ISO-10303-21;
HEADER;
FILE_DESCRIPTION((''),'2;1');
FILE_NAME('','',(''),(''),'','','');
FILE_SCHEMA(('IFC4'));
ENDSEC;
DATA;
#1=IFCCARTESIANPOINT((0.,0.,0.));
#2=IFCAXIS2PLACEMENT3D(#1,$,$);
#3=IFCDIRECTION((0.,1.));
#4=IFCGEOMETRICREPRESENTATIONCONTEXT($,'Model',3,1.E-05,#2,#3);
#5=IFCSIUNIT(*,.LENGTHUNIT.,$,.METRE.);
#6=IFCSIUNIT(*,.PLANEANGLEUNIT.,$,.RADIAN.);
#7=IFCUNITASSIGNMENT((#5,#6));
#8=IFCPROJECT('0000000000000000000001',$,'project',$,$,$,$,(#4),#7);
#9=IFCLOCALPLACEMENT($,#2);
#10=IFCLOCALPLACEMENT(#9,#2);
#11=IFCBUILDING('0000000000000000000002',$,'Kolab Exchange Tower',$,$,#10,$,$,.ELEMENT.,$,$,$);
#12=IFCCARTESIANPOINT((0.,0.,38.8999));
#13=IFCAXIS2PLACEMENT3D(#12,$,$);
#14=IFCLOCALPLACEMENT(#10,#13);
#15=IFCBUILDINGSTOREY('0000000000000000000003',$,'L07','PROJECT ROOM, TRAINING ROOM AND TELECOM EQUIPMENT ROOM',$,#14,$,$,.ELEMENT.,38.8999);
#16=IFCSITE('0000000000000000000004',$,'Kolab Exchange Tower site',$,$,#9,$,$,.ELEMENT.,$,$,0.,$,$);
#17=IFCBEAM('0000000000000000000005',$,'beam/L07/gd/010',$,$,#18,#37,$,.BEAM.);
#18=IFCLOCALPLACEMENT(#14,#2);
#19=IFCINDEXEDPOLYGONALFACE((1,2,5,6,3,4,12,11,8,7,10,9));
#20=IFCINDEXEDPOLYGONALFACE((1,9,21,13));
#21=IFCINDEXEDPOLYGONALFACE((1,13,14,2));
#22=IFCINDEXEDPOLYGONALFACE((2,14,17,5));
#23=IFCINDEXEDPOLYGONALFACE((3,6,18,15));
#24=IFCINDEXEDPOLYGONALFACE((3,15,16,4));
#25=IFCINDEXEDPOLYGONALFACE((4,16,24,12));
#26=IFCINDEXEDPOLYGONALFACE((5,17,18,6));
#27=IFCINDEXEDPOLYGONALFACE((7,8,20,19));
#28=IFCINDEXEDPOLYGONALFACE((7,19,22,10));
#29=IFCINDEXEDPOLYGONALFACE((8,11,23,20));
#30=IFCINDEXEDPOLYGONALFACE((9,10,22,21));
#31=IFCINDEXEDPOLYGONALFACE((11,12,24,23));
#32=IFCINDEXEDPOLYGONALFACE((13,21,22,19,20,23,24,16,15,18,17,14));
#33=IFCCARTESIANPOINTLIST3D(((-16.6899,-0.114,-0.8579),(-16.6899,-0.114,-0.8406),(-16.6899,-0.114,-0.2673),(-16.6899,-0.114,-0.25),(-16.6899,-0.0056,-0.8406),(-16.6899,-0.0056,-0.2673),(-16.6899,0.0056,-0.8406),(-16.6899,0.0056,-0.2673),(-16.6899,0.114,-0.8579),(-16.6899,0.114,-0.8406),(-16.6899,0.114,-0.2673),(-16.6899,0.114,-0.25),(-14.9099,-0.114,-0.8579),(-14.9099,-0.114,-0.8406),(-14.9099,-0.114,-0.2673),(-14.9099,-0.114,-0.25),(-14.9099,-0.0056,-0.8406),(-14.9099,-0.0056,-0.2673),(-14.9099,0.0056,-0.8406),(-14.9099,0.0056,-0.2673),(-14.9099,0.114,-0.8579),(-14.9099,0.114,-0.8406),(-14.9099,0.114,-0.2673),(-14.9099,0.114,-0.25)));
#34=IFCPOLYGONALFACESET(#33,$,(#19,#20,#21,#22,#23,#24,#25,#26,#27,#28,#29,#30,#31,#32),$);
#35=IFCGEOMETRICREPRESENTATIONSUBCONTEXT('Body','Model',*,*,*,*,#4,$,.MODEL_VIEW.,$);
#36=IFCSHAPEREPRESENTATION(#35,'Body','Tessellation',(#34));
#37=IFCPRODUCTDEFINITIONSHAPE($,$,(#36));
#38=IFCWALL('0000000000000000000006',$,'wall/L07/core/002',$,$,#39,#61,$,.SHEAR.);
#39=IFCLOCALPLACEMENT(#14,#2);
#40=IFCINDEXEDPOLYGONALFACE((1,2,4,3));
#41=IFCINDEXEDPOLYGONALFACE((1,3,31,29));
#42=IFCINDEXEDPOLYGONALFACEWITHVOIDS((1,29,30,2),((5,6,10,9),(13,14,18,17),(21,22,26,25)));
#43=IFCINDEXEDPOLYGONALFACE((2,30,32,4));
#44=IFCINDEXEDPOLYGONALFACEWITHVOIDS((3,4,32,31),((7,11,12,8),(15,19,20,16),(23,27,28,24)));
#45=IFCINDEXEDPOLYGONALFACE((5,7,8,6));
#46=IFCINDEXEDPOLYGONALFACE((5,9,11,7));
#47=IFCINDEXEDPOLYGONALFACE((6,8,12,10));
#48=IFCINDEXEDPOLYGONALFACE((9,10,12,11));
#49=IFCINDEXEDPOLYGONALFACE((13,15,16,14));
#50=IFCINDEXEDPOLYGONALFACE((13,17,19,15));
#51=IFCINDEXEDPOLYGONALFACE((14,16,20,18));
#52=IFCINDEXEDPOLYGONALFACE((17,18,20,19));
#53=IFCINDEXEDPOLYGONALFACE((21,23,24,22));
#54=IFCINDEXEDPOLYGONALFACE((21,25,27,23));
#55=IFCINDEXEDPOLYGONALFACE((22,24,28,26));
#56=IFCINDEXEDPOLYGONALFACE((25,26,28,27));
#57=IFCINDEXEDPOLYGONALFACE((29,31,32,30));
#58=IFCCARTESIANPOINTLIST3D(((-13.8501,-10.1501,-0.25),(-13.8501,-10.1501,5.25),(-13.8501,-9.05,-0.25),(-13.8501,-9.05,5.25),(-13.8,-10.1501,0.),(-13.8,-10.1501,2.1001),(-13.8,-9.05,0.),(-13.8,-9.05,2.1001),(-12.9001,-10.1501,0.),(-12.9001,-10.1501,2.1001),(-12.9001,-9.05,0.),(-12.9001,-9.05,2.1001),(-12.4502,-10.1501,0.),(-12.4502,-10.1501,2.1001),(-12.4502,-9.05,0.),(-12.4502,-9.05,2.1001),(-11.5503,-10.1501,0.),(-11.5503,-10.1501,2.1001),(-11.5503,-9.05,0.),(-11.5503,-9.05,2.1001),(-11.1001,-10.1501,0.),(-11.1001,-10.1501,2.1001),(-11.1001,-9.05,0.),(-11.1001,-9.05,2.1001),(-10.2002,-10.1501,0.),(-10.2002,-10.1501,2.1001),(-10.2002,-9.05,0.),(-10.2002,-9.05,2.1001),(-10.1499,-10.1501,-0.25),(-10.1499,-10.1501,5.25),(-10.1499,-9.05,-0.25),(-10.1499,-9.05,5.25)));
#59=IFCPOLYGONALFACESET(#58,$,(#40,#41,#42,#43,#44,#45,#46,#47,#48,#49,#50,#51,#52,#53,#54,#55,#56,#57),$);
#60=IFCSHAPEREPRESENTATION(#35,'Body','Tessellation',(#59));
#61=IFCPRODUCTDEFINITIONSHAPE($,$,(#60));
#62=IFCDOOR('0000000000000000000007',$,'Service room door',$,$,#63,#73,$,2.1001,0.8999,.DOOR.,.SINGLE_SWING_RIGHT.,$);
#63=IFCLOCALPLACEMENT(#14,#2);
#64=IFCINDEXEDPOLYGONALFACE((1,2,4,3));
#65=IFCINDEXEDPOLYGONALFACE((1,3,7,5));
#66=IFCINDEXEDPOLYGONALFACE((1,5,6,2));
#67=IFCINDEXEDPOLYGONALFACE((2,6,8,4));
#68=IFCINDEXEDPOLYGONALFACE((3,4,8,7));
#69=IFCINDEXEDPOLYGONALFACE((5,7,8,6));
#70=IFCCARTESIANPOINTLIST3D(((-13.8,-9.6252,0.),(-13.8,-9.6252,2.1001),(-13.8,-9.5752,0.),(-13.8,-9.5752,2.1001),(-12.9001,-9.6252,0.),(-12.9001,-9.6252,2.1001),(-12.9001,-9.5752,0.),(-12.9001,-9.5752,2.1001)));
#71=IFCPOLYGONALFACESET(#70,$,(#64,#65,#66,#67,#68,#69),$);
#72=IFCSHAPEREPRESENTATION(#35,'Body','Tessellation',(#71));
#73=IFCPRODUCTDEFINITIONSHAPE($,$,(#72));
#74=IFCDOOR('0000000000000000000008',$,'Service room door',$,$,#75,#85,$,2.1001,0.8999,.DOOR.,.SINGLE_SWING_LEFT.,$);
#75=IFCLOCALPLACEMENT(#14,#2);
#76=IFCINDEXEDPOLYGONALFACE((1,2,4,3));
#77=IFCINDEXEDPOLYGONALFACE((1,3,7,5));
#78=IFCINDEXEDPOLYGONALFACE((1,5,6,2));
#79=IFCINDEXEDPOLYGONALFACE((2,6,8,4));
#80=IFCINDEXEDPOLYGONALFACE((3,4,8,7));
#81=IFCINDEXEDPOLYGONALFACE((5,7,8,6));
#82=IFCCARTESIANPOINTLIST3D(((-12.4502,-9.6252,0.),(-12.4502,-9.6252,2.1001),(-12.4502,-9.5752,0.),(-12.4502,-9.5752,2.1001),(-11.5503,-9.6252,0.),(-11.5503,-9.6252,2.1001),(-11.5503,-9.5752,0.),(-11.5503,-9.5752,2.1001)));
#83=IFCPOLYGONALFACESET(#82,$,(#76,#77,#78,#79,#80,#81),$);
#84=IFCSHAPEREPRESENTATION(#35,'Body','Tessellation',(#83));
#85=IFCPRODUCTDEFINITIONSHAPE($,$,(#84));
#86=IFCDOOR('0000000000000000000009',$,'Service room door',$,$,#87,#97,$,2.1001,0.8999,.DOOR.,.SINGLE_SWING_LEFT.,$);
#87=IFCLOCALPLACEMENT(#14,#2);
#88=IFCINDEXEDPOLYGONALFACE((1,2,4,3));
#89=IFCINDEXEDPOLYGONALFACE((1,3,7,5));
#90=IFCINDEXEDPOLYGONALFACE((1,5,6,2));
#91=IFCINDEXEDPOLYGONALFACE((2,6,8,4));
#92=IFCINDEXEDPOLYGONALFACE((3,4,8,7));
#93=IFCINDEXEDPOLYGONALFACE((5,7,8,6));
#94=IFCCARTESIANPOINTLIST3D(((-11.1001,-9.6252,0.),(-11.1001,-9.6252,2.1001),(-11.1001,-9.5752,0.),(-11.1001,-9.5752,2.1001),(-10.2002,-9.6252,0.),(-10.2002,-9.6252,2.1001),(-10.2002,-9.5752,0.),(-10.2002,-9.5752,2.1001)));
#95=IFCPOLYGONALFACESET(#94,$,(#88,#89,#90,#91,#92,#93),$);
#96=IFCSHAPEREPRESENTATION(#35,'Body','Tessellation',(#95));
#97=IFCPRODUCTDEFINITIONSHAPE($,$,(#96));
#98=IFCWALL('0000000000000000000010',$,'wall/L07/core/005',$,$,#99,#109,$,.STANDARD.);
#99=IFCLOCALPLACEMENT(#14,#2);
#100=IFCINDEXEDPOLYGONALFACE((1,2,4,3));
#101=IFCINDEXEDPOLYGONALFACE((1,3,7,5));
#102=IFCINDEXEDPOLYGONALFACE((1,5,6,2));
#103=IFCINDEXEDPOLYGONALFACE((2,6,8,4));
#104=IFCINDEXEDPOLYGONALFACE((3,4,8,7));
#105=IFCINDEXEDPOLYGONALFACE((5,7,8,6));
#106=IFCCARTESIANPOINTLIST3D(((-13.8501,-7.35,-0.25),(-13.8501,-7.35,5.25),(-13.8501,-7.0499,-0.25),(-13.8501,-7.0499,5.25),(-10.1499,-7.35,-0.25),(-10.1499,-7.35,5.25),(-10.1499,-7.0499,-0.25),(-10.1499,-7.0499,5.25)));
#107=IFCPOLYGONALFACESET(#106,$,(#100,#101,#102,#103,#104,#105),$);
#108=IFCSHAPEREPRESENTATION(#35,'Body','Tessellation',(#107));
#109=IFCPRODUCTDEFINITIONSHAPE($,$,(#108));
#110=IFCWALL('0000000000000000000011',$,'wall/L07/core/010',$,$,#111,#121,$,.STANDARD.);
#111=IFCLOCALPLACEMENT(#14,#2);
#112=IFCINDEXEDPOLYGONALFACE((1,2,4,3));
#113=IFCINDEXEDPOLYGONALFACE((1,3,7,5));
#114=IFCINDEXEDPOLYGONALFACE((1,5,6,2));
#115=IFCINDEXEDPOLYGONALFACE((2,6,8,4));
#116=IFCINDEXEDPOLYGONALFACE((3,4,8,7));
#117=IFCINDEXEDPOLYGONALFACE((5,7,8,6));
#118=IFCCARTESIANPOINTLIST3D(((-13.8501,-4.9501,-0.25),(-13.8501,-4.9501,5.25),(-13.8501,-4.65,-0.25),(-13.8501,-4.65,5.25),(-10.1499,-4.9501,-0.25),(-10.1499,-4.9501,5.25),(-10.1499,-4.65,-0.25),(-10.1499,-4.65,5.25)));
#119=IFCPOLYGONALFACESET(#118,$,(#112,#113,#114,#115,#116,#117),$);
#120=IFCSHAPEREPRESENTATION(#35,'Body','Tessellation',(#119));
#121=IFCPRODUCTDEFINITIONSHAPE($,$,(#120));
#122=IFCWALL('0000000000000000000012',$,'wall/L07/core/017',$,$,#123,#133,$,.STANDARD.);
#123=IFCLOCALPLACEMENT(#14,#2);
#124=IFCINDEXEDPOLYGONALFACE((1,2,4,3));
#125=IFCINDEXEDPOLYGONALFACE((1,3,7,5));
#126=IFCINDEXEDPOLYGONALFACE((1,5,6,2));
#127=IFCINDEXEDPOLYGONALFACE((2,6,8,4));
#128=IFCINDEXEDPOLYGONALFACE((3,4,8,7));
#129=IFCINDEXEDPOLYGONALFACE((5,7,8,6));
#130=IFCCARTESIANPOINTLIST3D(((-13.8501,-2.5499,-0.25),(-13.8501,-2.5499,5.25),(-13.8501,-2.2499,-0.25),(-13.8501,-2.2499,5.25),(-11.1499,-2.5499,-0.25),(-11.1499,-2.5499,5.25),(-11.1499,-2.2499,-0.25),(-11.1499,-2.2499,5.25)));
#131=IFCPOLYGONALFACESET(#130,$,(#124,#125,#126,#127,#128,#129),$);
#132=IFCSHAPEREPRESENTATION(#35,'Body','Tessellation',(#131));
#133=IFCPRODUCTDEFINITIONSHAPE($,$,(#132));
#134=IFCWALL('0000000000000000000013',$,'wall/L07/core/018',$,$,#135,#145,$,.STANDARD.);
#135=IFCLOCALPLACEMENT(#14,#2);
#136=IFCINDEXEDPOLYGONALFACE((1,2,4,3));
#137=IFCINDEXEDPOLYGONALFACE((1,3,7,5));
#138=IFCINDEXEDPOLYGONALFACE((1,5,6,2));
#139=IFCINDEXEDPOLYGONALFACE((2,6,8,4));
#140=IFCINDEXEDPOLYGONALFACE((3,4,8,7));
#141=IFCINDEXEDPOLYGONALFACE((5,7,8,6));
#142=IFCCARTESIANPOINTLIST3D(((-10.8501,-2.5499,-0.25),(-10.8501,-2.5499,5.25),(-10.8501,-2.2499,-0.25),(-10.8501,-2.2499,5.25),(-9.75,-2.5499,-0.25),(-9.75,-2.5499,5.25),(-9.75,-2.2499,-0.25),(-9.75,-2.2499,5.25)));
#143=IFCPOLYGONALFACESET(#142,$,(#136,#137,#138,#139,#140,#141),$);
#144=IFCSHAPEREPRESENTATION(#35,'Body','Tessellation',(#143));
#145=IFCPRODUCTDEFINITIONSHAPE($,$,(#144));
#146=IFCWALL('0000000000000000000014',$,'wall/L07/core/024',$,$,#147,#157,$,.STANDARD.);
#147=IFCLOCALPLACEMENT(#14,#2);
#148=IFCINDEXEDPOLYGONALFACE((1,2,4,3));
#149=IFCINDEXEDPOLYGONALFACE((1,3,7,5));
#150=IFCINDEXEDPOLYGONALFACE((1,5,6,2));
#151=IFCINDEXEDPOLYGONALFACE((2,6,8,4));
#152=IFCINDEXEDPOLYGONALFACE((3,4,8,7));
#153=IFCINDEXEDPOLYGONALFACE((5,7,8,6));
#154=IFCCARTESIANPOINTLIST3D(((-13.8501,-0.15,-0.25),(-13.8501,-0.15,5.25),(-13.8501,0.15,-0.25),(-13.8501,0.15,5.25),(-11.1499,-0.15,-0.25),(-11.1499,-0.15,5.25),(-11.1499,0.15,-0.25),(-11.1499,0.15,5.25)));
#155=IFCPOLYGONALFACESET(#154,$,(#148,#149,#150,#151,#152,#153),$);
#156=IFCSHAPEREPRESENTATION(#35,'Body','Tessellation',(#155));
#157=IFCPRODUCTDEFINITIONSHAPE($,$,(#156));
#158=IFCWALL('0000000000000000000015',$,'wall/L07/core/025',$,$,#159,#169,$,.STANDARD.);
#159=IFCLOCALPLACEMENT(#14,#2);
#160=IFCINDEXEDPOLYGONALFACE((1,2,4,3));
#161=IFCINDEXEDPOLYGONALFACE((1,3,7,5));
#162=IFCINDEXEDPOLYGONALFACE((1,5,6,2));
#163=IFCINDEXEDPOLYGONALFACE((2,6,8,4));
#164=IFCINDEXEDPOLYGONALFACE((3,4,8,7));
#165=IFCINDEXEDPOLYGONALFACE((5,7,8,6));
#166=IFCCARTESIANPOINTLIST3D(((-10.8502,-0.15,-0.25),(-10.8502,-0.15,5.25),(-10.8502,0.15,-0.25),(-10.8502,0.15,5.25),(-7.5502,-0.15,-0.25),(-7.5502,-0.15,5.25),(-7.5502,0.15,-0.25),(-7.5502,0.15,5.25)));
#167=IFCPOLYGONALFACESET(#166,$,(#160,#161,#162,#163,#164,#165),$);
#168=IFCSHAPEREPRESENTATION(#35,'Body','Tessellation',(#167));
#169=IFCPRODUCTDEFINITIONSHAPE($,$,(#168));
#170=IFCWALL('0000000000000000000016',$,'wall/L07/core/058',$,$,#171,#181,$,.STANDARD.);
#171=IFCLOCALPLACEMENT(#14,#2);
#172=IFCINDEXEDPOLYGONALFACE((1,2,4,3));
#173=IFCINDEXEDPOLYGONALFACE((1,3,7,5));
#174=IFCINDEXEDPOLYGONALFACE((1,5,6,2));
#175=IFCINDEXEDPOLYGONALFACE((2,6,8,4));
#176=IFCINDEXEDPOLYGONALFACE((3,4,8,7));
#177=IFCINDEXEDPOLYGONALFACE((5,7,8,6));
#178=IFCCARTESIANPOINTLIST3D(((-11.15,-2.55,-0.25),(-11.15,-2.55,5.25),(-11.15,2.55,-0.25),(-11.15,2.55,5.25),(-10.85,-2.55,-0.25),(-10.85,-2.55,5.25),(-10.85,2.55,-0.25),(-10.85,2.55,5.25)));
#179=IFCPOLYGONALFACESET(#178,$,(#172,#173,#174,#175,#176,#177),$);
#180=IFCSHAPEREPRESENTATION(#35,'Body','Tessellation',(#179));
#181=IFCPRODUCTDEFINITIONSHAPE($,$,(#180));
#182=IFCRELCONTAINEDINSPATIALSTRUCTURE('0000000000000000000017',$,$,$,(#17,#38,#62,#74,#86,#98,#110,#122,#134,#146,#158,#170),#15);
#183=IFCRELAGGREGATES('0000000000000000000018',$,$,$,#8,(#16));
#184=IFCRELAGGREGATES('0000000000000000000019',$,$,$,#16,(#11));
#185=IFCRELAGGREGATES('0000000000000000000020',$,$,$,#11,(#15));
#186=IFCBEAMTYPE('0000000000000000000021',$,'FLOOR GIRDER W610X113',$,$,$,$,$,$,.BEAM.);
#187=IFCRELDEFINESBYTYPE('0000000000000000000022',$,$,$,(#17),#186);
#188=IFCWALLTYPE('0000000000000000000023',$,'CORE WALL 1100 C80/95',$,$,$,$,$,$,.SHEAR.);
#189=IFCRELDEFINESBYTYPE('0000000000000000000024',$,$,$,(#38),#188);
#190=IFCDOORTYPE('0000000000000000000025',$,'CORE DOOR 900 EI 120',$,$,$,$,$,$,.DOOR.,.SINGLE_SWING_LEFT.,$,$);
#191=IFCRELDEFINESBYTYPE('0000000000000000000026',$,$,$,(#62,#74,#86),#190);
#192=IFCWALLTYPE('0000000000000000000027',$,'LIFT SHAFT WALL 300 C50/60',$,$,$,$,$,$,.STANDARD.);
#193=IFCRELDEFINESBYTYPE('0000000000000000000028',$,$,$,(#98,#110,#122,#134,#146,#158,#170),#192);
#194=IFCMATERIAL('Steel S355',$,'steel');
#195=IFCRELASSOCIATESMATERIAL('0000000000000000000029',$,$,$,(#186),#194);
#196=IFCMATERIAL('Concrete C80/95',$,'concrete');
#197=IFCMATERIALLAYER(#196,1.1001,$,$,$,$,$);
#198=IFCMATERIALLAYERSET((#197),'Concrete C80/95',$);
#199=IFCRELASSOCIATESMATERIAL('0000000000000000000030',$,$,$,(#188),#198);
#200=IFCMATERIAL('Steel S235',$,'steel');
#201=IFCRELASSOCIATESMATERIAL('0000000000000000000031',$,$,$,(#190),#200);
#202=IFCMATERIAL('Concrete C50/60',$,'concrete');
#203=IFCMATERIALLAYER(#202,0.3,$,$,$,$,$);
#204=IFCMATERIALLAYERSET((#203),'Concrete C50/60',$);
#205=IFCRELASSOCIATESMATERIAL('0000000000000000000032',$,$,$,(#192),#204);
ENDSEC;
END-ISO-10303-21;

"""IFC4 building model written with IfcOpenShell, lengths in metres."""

from ifc_helpers import new_model, si_unit, direction, frame, frame_2d, origin, origin_2d, place, context, subcontext, project, spatial, rectangle, i_section, extrude, material, layer, layer_set, material_profile, profile_set, type_object, element, fill, save


model = new_model("IFC4")

# Units and contexts
model_context = context("Model", 3, precision=1e-05, world=origin(), true_north=direction((0.0, 1.0)))
body_context = subcontext(model_context, "Body", "Model", "MODEL_VIEW")
ifc_project = project(units=[si_unit("LENGTHUNIT", "METRE"), si_unit("PLANEANGLEUNIT", "RADIAN")], contexts=[model_context])

# Site, building, storey
site_placement = place(None, origin())
site = spatial("IfcSite", under=ifc_project, at=site_placement, Name="Kolab Exchange Tower site", CompositionType="ELEMENT", RefElevation=0.0)
building_placement = place(site_placement, origin())
building = spatial("IfcBuilding", under=site, at=building_placement, Name="Kolab Exchange Tower", CompositionType="ELEMENT")
storey_placement = place(building_placement, frame((0.0, 0.0, 38.8999)))
storey = spatial("IfcBuildingStorey", under=building, at=storey_placement, Name="L07", Description="PROJECT ROOM, TRAINING ROOM AND TELECOM EQUIPMENT ROOM", CompositionType="ELEMENT", Elevation=38.8999)

# Beam
ifc_material_1 = material(Name="Steel S355", Category="steel")
ifc_material_profile = material_profile(ifc_material_1, i_section(OverallWidth=0.228, OverallDepth=0.6079, WebThickness=0.0112, FlangeThickness=0.0173, at=origin_2d()), Name="W610X113")
ifc_profile_set = profile_set([ifc_material_profile], Name="Steel S355")
beam_type = type_object("IfcBeamType", Name="FLOOR GIRDER W610X113", PredefinedType="BEAM", material=ifc_profile_set)
beam_placement = place(storey_placement, frame((-16.6899, 0.0, -0.554), z_axis=(1.0, 0.0, 0.0), x_axis=(0.0, 1.0, 0.0)))
element("IfcBeam", 1, at=beam_placement, inside=storey, type_object=beam_type, Name="beam/L07/gd/010", PredefinedType="BEAM", context=body_context, shape_type="SweptSolid", body=[
    extrude(i_section(OverallWidth=0.228, OverallDepth=0.6079, WebThickness=0.0112, FlangeThickness=0.0173, at=origin_2d()), origin(), (0.0, 0.0, 1.0), 1.78),
])

# Wall, openings, doors
ifc_material_2 = material(Name="Concrete C80/95", Category="concrete")
ifc_layer_1 = layer(ifc_material_2, 1.1001)
ifc_layer_set_1 = layer_set([ifc_layer_1], Name="Concrete C80/95")
wall_type_1 = type_object("IfcWallType", Name="CORE WALL 1100 C80/95", PredefinedType="SHEAR", material=ifc_layer_set_1)
wall_1_placement = place(storey_placement, frame((-13.8501, -9.6001, -0.25), z_axis=(0.0, 0.0, 1.0), x_axis=(1.0, 0.0, 0.0)))
wall_1 = element("IfcWall", 2, at=wall_1_placement, inside=storey, type_object=wall_type_1, Name="wall/L07/core/002", PredefinedType="SHEAR", context=body_context, shape_type="SweptSolid", body=[
    extrude(rectangle(XDim=3.7002, YDim=1.1001, at=frame_2d((1.8501, 0.0))), origin(), (0.0, 0.0, 1.0), 5.5),
])
opening_1_placement = place(wall_1_placement, frame((0.05, 0.0, 0.25)))
opening_1 = element("IfcOpeningElement", 3, at=opening_1_placement, cuts=wall_1, PredefinedType="OPENING", context=body_context, shape_type="SweptSolid", body=[
    extrude(rectangle(XDim=0.8999, YDim=2.1001, at=frame_2d((0.45, 1.05))), frame((0.0, 0.5601, 0.0), z_axis=(0.0, -1.0, 0.0), x_axis=(1.0, 0.0, 0.0)), (0.0, 0.0, 1.0), 1.1201),
])
opening_2_placement = place(wall_1_placement, frame((1.3999, 0.0, 0.25)))
opening_2 = element("IfcOpeningElement", 4, at=opening_2_placement, cuts=wall_1, PredefinedType="OPENING", context=body_context, shape_type="SweptSolid", body=[
    extrude(rectangle(XDim=0.8999, YDim=2.1001, at=frame_2d((0.45, 1.05))), frame((0.0, 0.5601, 0.0), z_axis=(0.0, -1.0, 0.0), x_axis=(1.0, 0.0, 0.0)), (0.0, 0.0, 1.0), 1.1201),
])
opening_3_placement = place(wall_1_placement, frame((2.75, 0.0, 0.25)))
opening_3 = element("IfcOpeningElement", 5, at=opening_3_placement, cuts=wall_1, PredefinedType="OPENING", context=body_context, shape_type="SweptSolid", body=[
    extrude(rectangle(XDim=0.8999, YDim=2.1001, at=frame_2d((0.45, 1.05))), frame((0.0, 0.5601, 0.0), z_axis=(0.0, -1.0, 0.0), x_axis=(1.0, 0.0, 0.0)), (0.0, 0.0, 1.0), 1.1201),
])
ifc_material_3 = material(Name="Steel S235", Category="steel")
door_type_1 = type_object("IfcDoorType", Name="CORE DOOR 900 EI 120", OperationType="SINGLE_SWING_LEFT", PredefinedType="DOOR", material=ifc_material_3)
door_1_placement = place(opening_1_placement, origin())
door_1 = element("IfcDoor", 6, at=door_1_placement, inside=storey, type_object=door_type_1, Name="Service room door", OperationType="SINGLE_SWING_RIGHT", OverallHeight=2.1001, OverallWidth=0.8999, PredefinedType="DOOR", context=body_context, shape_type="SweptSolid", body=[
    extrude(rectangle(XDim=0.8999, YDim=2.1001, at=frame_2d((0.45, 1.05))), frame((0.0, 0.0249, 0.0), z_axis=(0.0, -1.0, 0.0), x_axis=(1.0, 0.0, 0.0)), (0.0, 0.0, 1.0), 0.05),
])
fill(opening_1, door_1)
door_2_placement = place(opening_2_placement, origin())
door_2 = element("IfcDoor", 7, at=door_2_placement, inside=storey, type_object=door_type_1, Name="Service room door", OperationType="SINGLE_SWING_LEFT", OverallHeight=2.1001, OverallWidth=0.8999, PredefinedType="DOOR", context=body_context, shape_type="SweptSolid", body=[
    extrude(rectangle(XDim=0.8999, YDim=2.1001, at=frame_2d((0.45, 1.05))), frame((0.0, 0.0249, 0.0), z_axis=(0.0, -1.0, 0.0), x_axis=(1.0, 0.0, 0.0)), (0.0, 0.0, 1.0), 0.05),
])
fill(opening_2, door_2)
door_3_placement = place(opening_3_placement, origin())
door_3 = element("IfcDoor", 8, at=door_3_placement, inside=storey, type_object=door_type_1, Name="Service room door", OperationType="SINGLE_SWING_LEFT", OverallHeight=2.1001, OverallWidth=0.8999, PredefinedType="DOOR", context=body_context, shape_type="SweptSolid", body=[
    extrude(rectangle(XDim=0.8999, YDim=2.1001, at=frame_2d((0.45, 1.05))), frame((0.0, 0.0249, 0.0), z_axis=(0.0, -1.0, 0.0), x_axis=(1.0, 0.0, 0.0)), (0.0, 0.0, 1.0), 0.05),
])
fill(opening_3, door_3)

# Walls
ifc_material_4 = material(Name="Concrete C50/60", Category="concrete")
ifc_layer_2 = layer(ifc_material_4, 0.3)
ifc_layer_set_2 = layer_set([ifc_layer_2], Name="Concrete C50/60")
wall_type_2 = type_object("IfcWallType", Name="LIFT SHAFT WALL 300 C50/60", PredefinedType="STANDARD", material=ifc_layer_set_2)
for number, where, z_axis, x_axis, name in (
    (9, (-13.8501, -7.2, -0.25), (0.0, 0.0, 1.0), (1.0, 0.0, 0.0), "wall/L07/core/005"),
    (10, (-13.8501, -4.8, -0.25), (0.0, 0.0, 1.0), (1.0, 0.0, 0.0), "wall/L07/core/010"),
):
    element("IfcWall", number, at=place(storey_placement, frame(where, z_axis=z_axis, x_axis=x_axis)), inside=storey, type_object=wall_type_2, Name=name, PredefinedType="STANDARD", context=body_context, shape_type="SweptSolid", body=[
        extrude(rectangle(XDim=3.7002, YDim=0.3, at=frame_2d((1.8501, 0.0))), origin(), (0.0, 0.0, 1.0), 5.5),
    ])
wall_2_placement = place(storey_placement, frame((-13.8501, -2.3999, -0.25), z_axis=(0.0, 0.0, 1.0), x_axis=(1.0, 0.0, 0.0)))
element("IfcWall", 11, at=wall_2_placement, inside=storey, type_object=wall_type_2, Name="wall/L07/core/017", PredefinedType="STANDARD", context=body_context, shape_type="SweptSolid", body=[
    extrude(rectangle(XDim=2.7002, YDim=0.3, at=frame_2d((1.3501, 0.0))), origin(), (0.0, 0.0, 1.0), 5.5),
])
wall_3_placement = place(storey_placement, frame((-10.8501, -2.3999, -0.25), z_axis=(0.0, 0.0, 1.0), x_axis=(1.0, 0.0, 0.0)))
element("IfcWall", 12, at=wall_3_placement, inside=storey, type_object=wall_type_2, Name="wall/L07/core/018", PredefinedType="STANDARD", context=body_context, shape_type="SweptSolid", body=[
    extrude(rectangle(XDim=1.1001, YDim=0.3, at=frame_2d((0.55, 0.0))), origin(), (0.0, 0.0, 1.0), 5.5),
])
wall_4_placement = place(storey_placement, frame((-13.8501, 0.0, -0.25), z_axis=(0.0, 0.0, 1.0), x_axis=(1.0, 0.0, 0.0)))
element("IfcWall", 13, at=wall_4_placement, inside=storey, type_object=wall_type_2, Name="wall/L07/core/024", PredefinedType="STANDARD", context=body_context, shape_type="SweptSolid", body=[
    extrude(rectangle(XDim=2.7002, YDim=0.3, at=frame_2d((1.3501, 0.0))), origin(), (0.0, 0.0, 1.0), 5.5),
])
wall_5_placement = place(storey_placement, frame((-10.8501, 0.0, -0.25), z_axis=(0.0, 0.0, 1.0), x_axis=(1.0, 0.0, 0.0)))
element("IfcWall", 14, at=wall_5_placement, inside=storey, type_object=wall_type_2, Name="wall/L07/core/025", PredefinedType="STANDARD", context=body_context, shape_type="SweptSolid", body=[
    extrude(rectangle(XDim=3.3, YDim=0.3, at=frame_2d((1.6499, 0.0))), origin(), (0.0, 0.0, 1.0), 5.5),
])
wall_6_placement = place(storey_placement, frame((-11.0, -2.55, -0.25), z_axis=(0.0, 0.0, 1.0), x_axis=(0.0, 1.0, 0.0)))
element("IfcWall", 15, at=wall_6_placement, inside=storey, type_object=wall_type_2, Name="wall/L07/core/058", PredefinedType="STANDARD", context=body_context, shape_type="SweptSolid", body=[
    extrude(rectangle(XDim=5.1001, YDim=0.3, at=frame_2d((2.55, 0.0))), origin(), (0.0, 0.0, 1.0), 5.5),
])

save(model, "model.ifc")
